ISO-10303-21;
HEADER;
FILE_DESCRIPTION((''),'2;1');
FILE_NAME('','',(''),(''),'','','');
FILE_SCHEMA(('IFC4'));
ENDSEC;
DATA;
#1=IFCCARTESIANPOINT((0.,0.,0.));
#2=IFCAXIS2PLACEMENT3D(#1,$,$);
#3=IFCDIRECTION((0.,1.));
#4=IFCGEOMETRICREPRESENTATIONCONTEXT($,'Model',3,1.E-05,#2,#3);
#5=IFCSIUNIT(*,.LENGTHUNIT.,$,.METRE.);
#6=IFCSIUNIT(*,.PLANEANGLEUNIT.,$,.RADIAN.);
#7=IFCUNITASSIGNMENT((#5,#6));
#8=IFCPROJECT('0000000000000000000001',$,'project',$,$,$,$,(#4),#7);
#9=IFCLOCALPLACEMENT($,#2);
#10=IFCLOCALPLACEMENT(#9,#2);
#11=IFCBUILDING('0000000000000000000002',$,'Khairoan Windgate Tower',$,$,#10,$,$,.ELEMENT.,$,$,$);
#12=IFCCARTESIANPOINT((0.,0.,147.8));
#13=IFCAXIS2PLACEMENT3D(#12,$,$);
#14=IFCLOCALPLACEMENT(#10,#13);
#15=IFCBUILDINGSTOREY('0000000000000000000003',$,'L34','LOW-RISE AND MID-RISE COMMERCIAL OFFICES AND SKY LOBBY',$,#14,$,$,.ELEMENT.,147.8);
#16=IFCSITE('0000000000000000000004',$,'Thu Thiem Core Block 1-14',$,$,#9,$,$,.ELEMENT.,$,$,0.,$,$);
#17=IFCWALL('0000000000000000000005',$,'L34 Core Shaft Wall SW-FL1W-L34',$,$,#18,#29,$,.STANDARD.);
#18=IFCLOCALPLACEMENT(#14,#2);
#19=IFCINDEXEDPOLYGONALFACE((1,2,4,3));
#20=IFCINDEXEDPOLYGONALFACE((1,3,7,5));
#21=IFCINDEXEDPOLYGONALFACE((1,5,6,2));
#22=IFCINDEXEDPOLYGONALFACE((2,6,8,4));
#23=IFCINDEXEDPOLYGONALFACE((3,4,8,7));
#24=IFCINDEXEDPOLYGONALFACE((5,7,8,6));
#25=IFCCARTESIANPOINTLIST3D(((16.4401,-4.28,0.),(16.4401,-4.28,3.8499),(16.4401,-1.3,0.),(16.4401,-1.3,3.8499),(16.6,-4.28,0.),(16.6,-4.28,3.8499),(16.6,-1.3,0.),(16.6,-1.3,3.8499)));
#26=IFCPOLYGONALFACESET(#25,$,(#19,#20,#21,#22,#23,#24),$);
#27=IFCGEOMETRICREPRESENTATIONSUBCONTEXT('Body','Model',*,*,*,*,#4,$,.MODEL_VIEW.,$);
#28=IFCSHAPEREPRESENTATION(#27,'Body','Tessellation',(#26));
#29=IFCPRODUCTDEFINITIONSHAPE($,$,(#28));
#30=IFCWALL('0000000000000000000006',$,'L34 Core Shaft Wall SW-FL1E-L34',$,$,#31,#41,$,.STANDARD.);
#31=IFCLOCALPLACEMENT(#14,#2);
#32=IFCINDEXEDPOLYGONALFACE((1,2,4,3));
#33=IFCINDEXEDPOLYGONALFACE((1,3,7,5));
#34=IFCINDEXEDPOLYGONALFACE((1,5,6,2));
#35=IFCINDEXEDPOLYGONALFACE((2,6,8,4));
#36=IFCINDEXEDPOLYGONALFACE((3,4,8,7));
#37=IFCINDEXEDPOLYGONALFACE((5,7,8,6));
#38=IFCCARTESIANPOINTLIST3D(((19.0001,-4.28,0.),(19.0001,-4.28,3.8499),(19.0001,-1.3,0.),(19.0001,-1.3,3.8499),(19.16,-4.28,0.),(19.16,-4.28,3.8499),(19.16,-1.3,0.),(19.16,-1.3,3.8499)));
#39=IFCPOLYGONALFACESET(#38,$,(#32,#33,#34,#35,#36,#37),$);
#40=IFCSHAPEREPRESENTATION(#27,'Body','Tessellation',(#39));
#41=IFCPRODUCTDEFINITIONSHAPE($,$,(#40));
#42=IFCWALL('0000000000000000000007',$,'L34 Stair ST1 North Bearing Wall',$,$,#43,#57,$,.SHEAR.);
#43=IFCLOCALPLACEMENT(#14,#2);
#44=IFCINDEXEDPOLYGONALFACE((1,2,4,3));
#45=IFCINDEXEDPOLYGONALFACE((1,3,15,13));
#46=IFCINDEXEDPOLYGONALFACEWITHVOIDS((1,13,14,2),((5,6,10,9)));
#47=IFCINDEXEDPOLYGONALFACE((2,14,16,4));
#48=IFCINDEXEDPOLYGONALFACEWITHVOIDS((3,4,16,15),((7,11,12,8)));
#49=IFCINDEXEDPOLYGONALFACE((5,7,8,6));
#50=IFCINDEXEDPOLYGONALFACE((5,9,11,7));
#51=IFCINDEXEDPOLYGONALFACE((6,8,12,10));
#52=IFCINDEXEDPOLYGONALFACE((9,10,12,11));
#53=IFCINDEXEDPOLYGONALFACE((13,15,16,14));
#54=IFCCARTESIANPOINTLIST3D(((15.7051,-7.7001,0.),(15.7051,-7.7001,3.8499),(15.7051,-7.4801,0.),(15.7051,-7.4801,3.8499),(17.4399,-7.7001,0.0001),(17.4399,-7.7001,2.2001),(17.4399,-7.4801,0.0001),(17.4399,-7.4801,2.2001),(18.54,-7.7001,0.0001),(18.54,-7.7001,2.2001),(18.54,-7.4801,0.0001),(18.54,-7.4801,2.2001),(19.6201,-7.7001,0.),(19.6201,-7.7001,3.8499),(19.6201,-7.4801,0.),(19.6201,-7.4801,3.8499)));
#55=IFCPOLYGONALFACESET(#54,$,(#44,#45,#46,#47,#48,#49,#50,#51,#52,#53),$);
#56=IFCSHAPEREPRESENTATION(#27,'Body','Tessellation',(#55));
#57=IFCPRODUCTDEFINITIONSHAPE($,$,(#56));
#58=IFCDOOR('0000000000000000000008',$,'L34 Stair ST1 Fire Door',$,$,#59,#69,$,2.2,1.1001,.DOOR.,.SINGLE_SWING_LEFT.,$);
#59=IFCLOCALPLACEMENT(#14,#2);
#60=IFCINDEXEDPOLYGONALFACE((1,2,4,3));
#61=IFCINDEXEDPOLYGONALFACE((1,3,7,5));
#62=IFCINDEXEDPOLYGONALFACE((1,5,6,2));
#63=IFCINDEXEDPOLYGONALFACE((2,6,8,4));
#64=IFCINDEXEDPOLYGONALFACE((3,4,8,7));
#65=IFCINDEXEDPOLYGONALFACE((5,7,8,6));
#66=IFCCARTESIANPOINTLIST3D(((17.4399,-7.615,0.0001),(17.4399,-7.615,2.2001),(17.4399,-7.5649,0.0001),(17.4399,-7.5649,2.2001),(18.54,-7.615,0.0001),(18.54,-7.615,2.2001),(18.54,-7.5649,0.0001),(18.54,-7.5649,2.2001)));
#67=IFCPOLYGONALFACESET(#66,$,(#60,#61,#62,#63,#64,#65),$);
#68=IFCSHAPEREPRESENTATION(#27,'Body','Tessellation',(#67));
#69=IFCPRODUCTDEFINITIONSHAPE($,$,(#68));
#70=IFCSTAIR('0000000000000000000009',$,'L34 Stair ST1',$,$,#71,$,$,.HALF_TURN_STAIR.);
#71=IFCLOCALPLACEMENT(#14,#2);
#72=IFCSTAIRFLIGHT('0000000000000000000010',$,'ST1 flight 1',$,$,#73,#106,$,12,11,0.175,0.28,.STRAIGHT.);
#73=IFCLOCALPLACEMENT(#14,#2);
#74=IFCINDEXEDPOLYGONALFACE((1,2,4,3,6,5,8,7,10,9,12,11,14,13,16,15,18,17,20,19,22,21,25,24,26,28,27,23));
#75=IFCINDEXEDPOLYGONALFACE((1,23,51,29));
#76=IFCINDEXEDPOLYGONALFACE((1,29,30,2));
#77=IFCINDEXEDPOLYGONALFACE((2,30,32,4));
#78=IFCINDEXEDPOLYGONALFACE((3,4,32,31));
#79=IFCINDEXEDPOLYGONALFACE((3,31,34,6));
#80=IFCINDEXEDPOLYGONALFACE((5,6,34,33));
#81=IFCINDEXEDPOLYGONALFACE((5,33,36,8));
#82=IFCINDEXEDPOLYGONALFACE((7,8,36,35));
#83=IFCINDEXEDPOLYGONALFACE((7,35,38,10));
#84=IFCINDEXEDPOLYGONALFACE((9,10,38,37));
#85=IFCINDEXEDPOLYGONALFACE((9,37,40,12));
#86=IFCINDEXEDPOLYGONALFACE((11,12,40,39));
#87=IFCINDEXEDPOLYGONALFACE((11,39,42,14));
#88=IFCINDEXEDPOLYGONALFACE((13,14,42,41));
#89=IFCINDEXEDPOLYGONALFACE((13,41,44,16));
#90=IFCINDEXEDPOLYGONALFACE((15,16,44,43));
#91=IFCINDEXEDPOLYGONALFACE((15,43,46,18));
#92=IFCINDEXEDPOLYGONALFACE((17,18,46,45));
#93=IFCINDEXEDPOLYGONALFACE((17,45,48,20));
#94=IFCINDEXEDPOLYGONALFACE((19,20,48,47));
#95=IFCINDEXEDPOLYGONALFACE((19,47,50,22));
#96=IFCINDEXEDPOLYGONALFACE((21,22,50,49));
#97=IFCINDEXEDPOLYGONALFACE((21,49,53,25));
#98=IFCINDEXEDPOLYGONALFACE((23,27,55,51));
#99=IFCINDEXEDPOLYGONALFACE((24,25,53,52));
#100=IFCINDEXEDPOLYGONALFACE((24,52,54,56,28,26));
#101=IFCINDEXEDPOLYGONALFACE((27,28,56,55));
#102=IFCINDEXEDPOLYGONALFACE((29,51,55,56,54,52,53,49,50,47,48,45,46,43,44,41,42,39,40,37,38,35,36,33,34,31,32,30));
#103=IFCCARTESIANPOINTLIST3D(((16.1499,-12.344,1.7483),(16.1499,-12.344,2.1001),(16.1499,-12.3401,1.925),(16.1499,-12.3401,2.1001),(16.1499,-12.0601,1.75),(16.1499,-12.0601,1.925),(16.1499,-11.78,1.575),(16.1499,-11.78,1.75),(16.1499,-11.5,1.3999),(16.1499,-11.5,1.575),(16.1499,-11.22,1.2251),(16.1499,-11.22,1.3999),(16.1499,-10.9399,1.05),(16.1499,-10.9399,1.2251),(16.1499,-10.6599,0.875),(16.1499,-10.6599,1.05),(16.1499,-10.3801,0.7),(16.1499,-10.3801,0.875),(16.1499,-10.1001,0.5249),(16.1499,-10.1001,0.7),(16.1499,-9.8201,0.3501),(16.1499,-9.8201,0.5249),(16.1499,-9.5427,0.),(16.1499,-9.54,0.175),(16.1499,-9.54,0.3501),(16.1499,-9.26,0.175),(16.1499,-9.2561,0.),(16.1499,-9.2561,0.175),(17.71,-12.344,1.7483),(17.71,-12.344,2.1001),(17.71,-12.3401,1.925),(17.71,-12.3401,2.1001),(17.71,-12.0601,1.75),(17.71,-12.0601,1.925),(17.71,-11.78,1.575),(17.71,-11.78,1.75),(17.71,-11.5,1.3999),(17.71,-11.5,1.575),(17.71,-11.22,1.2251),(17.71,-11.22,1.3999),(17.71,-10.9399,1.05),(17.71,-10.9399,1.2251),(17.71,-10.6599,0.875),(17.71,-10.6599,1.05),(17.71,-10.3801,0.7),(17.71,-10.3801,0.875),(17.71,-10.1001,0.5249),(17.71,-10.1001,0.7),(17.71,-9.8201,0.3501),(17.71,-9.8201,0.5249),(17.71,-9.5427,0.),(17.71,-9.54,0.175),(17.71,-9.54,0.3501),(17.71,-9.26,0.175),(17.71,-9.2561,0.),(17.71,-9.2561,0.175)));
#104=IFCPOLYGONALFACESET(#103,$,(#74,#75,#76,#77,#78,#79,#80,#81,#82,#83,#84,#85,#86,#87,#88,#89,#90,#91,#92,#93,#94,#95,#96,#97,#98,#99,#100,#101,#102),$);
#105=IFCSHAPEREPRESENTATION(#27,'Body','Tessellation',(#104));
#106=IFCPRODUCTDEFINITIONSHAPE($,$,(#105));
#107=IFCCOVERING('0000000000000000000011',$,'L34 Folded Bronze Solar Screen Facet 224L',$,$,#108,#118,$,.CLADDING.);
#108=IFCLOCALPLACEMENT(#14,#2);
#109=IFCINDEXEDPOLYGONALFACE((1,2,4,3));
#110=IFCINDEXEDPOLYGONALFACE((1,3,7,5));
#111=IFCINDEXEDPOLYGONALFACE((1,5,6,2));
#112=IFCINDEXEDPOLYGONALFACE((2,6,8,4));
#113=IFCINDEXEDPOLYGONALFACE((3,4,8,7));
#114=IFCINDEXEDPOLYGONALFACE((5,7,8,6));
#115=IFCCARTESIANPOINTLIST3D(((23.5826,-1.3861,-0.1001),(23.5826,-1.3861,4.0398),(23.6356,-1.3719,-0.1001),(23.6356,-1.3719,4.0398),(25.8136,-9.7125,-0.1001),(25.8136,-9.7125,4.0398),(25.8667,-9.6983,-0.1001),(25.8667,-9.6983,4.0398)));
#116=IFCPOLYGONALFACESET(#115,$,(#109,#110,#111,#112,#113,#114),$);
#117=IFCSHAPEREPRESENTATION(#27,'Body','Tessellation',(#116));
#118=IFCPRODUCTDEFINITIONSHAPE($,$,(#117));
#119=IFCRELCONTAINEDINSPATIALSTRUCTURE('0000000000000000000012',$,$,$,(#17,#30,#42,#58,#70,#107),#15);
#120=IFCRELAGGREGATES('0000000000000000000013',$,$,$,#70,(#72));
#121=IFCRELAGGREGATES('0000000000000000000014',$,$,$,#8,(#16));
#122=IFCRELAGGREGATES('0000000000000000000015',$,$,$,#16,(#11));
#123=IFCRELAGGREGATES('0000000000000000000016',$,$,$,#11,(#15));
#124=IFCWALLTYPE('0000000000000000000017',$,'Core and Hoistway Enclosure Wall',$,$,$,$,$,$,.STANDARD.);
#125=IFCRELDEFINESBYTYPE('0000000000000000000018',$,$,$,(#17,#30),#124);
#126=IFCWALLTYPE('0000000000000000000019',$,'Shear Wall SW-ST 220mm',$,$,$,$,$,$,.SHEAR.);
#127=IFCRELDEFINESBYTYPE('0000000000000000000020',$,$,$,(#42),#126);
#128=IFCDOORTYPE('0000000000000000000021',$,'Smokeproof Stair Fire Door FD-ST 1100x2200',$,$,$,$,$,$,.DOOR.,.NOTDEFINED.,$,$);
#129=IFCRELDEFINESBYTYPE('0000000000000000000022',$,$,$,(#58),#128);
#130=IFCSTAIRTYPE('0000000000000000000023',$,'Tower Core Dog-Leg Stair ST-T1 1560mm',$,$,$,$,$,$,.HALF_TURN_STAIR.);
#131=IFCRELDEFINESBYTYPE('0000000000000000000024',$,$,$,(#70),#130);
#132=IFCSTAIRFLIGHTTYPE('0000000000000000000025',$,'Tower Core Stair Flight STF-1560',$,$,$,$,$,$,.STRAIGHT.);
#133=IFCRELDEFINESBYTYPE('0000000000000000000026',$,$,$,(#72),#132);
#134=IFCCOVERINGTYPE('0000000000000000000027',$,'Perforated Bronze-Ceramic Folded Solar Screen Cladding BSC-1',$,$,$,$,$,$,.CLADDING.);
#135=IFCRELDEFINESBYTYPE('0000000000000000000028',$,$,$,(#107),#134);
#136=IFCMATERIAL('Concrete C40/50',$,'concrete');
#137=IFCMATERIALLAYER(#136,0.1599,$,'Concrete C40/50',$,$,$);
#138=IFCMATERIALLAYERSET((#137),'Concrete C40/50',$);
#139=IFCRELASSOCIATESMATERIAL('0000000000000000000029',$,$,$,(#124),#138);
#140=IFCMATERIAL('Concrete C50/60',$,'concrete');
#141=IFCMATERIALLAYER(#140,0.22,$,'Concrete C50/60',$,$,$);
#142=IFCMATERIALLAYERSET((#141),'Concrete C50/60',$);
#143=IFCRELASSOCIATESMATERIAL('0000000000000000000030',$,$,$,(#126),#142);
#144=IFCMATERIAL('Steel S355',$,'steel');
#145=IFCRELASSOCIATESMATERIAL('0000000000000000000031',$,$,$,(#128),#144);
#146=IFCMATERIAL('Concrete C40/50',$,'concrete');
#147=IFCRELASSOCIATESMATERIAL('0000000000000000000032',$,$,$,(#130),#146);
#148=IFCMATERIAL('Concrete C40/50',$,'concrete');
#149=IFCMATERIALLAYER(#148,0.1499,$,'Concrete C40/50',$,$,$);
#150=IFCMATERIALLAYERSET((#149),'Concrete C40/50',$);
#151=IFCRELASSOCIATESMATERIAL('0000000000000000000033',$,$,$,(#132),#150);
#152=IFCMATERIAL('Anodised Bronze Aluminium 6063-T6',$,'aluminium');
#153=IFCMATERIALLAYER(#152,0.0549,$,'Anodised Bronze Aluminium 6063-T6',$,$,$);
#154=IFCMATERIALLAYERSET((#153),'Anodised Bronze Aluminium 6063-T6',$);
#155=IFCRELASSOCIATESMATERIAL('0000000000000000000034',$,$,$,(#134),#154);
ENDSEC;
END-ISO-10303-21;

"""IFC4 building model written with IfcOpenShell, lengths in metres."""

from ifc_helpers import new_model, si_unit, direction, frame, frame_2d, origin, origin_2d, place, context, subcontext, project, spatial, polyline, rectangle, outline, extrude, material, layer, layer_set, type_object, element, fill, aggregate, save


model = new_model("IFC4")

# Units and contexts
model_context = context("Model", 3, precision=1e-05, world=origin(), true_north=direction((0.0, 1.0)))
body_context = subcontext(model_context, "Body", "Model", "MODEL_VIEW")
ifc_project = project(units=[si_unit("LENGTHUNIT", "METRE"), si_unit("PLANEANGLEUNIT", "RADIAN")], contexts=[model_context])

# Site, building, storey
site_placement = place(None, origin())
site = spatial("IfcSite", under=ifc_project, at=site_placement, Name="Thu Thiem Core Block 1-14", CompositionType="ELEMENT", RefElevation=0.0)
building_placement = place(site_placement, origin())
building = spatial("IfcBuilding", under=site, at=building_placement, Name="Khairoan Windgate Tower", CompositionType="ELEMENT")
storey_placement = place(building_placement, frame((0.0, 0.0, 147.8)))
storey = spatial("IfcBuildingStorey", under=building, at=storey_placement, Name="L34", Description="LOW-RISE AND MID-RISE COMMERCIAL OFFICES AND SKY LOBBY", CompositionType="ELEMENT", Elevation=147.8)

# Walls
ifc_material_1 = material(Name="Concrete C40/50", Category="concrete")
ifc_layer_1 = layer(ifc_material_1, 0.1599, Name="Concrete C40/50")
ifc_layer_set_1 = layer_set([ifc_layer_1], Name="Concrete C40/50")
wall_type_1 = type_object("IfcWallType", Name="Core and Hoistway Enclosure Wall", PredefinedType="STANDARD", material=ifc_layer_set_1)
for number, where, z_axis, x_axis, name in (
    (1, (16.52, -4.28, 0.0), (0.0, 0.0, 1.0), (0.0, 1.0, 0.0), "L34 Core Shaft Wall SW-FL1W-L34"),
    (2, (19.0801, -4.28, 0.0), (0.0, 0.0, 1.0), (0.0, 1.0, 0.0), "L34 Core Shaft Wall SW-FL1E-L34"),
):
    element("IfcWall", number, at=place(storey_placement, frame(where, z_axis=z_axis, x_axis=x_axis)), inside=storey, type_object=wall_type_1, Name=name, PredefinedType="STANDARD", context=body_context, shape_type="SweptSolid", body=[
        extrude(rectangle(XDim=2.98, YDim=0.1599, at=frame_2d((1.49, 0.0))), origin(), (0.0, 0.0, 1.0), 3.8499),
    ])

# Wall, opening, door
ifc_material_2 = material(Name="Concrete C50/60", Category="concrete")
ifc_layer_2 = layer(ifc_material_2, 0.22, Name="Concrete C50/60")
ifc_layer_set_2 = layer_set([ifc_layer_2], Name="Concrete C50/60")
wall_type_2 = type_object("IfcWallType", Name="Shear Wall SW-ST 220mm", PredefinedType="SHEAR", material=ifc_layer_set_2)
wall_placement = place(storey_placement, frame((19.6201, -7.5901, 0.0), z_axis=(0.0, 0.0, 1.0), x_axis=(-1.0, 0.0, 0.0)))
wall = element("IfcWall", 3, at=wall_placement, inside=storey, type_object=wall_type_2, Name="L34 Stair ST1 North Bearing Wall", PredefinedType="SHEAR", context=body_context, shape_type="SweptSolid", body=[
    extrude(rectangle(XDim=3.915, YDim=0.22, at=frame_2d((1.9575, 0.0))), origin(), (0.0, 0.0, 1.0), 3.8499),
])
opening_placement = place(wall_placement, frame((1.0801, 0.0, 0.0)))
opening = element("IfcOpeningElement", 4, at=opening_placement, cuts=wall, PredefinedType="OPENING", context=body_context, shape_type="SweptSolid", body=[
    extrude(rectangle(XDim=1.1001, YDim=2.2, at=frame_2d((0.55, 1.1001))), frame((0.0, 0.1199, 0.0), z_axis=(0.0, -1.0, 0.0), x_axis=(1.0, 0.0, 0.0)), (0.0, 0.0, 1.0), 0.24),
])
ifc_material_3 = material(Name="Steel S355", Category="steel")
door_type = type_object("IfcDoorType", Name="Smokeproof Stair Fire Door FD-ST 1100x2200", OperationType="NOTDEFINED", PredefinedType="DOOR", material=ifc_material_3)
door_placement = place(opening_placement, origin())
door = element("IfcDoor", 5, at=door_placement, inside=storey, type_object=door_type, Name="L34 Stair ST1 Fire Door", OperationType="SINGLE_SWING_LEFT", OverallHeight=2.2, OverallWidth=1.1001, PredefinedType="DOOR", context=body_context, shape_type="SweptSolid", body=[
    extrude(rectangle(XDim=1.1001, YDim=2.2, at=frame_2d((0.55, 1.1001))), frame((0.0, 0.0249, 0.0), z_axis=(0.0, -1.0, 0.0), x_axis=(1.0, 0.0, 0.0)), (0.0, 0.0, 1.0), 0.05),
])
fill(opening, door)

# Stair, stair flight
ifc_material_4 = material(Name="Concrete C40/50", Category="concrete")
stair_type = type_object("IfcStairType", Name="Tower Core Dog-Leg Stair ST-T1 1560mm", PredefinedType="HALF_TURN_STAIR", material=ifc_material_4)
stair_placement = place(storey_placement, origin())
stair = element("IfcStair", 6, at=stair_placement, inside=storey, type_object=stair_type, Name="L34 Stair ST1", PredefinedType="HALF_TURN_STAIR")
ifc_material_5 = material(Name="Concrete C40/50", Category="concrete")
ifc_layer_3 = layer(ifc_material_5, 0.1499, Name="Concrete C40/50")
ifc_layer_set_3 = layer_set([ifc_layer_3], Name="Concrete C40/50")
stair_flight_type = type_object("IfcStairFlightType", Name="Tower Core Stair Flight STF-1560", PredefinedType="STRAIGHT", material=ifc_layer_set_3)
stair_flight_placement = place(storey_placement, frame((16.9299, -9.26, 0.0), z_axis=(0.0, 0.0, 1.0), x_axis=(0.0, -1.0, 0.0)))
stair_flight = element("IfcStairFlight", 7, at=stair_flight_placement, type_object=stair_flight_type, Name="ST1 flight 1", NumberOfRisers=12, NumberOfTreads=11, PredefinedType="STRAIGHT", RiserHeight=0.175, TreadLength=0.28, context=body_context, shape_type="SweptSolid", body=[
    extrude(outline(polyline([(-0.0039, 0.0), (-0.0039, 0.175), (0.0, 0.175), (0.28, 0.175), (0.28, 0.3501), (0.5601, 0.3501), (0.5601, 0.5249), (0.8401, 0.5249), (0.8401, 0.7), (1.1201, 0.7), (1.1201, 0.875), (1.3999, 0.875), (1.3999, 1.05), (1.6799, 1.05), (1.6799, 1.2251), (1.96, 1.2251), (1.96, 1.3999), (2.24, 1.3999), (2.24, 1.575), (2.52, 1.575), (2.52, 1.75), (2.8, 1.75), (2.8, 1.925), (3.0801, 1.925), (3.0801, 2.1001), (3.084, 2.1001), (3.084, 1.7483), (0.2827, 0.0), (-0.0039, 0.0)])), frame((0.0, 0.78, 0.0), z_axis=(0.0, -1.0, 0.0), x_axis=(1.0, 0.0, 0.0)), (0.0, 0.0, 1.0), 1.5601),
])
aggregate(stair, [stair_flight])

# Covering
ifc_material_6 = material(Name="Anodised Bronze Aluminium 6063-T6", Category="aluminium")
ifc_layer_4 = layer(ifc_material_6, 0.0549, Name="Anodised Bronze Aluminium 6063-T6")
ifc_layer_set_4 = layer_set([ifc_layer_4], Name="Anodised Bronze Aluminium 6063-T6")
covering_type = type_object("IfcCoveringType", Name="Perforated Bronze-Ceramic Folded Solar Screen Cladding BSC-1", PredefinedType="CLADDING", material=ifc_layer_set_4)
covering_placement = place(storey_placement, frame((24.7246, -5.5422, -0.1001), z_axis=(0.0, 0.0, 1.0), x_axis=(0.258819, -0.965926, 0.0)))
element("IfcCovering", 8, at=covering_placement, inside=storey, type_object=covering_type, Name="L34 Folded Bronze Solar Screen Facet 224L", PredefinedType="CLADDING", context=body_context, shape_type="SweptSolid", body=[
    extrude(rectangle(XDim=8.6201, YDim=0.0549, at=origin_2d()), origin(), (0.0, 0.0, 1.0), 4.1399),
])

save(model, "model.ifc")
